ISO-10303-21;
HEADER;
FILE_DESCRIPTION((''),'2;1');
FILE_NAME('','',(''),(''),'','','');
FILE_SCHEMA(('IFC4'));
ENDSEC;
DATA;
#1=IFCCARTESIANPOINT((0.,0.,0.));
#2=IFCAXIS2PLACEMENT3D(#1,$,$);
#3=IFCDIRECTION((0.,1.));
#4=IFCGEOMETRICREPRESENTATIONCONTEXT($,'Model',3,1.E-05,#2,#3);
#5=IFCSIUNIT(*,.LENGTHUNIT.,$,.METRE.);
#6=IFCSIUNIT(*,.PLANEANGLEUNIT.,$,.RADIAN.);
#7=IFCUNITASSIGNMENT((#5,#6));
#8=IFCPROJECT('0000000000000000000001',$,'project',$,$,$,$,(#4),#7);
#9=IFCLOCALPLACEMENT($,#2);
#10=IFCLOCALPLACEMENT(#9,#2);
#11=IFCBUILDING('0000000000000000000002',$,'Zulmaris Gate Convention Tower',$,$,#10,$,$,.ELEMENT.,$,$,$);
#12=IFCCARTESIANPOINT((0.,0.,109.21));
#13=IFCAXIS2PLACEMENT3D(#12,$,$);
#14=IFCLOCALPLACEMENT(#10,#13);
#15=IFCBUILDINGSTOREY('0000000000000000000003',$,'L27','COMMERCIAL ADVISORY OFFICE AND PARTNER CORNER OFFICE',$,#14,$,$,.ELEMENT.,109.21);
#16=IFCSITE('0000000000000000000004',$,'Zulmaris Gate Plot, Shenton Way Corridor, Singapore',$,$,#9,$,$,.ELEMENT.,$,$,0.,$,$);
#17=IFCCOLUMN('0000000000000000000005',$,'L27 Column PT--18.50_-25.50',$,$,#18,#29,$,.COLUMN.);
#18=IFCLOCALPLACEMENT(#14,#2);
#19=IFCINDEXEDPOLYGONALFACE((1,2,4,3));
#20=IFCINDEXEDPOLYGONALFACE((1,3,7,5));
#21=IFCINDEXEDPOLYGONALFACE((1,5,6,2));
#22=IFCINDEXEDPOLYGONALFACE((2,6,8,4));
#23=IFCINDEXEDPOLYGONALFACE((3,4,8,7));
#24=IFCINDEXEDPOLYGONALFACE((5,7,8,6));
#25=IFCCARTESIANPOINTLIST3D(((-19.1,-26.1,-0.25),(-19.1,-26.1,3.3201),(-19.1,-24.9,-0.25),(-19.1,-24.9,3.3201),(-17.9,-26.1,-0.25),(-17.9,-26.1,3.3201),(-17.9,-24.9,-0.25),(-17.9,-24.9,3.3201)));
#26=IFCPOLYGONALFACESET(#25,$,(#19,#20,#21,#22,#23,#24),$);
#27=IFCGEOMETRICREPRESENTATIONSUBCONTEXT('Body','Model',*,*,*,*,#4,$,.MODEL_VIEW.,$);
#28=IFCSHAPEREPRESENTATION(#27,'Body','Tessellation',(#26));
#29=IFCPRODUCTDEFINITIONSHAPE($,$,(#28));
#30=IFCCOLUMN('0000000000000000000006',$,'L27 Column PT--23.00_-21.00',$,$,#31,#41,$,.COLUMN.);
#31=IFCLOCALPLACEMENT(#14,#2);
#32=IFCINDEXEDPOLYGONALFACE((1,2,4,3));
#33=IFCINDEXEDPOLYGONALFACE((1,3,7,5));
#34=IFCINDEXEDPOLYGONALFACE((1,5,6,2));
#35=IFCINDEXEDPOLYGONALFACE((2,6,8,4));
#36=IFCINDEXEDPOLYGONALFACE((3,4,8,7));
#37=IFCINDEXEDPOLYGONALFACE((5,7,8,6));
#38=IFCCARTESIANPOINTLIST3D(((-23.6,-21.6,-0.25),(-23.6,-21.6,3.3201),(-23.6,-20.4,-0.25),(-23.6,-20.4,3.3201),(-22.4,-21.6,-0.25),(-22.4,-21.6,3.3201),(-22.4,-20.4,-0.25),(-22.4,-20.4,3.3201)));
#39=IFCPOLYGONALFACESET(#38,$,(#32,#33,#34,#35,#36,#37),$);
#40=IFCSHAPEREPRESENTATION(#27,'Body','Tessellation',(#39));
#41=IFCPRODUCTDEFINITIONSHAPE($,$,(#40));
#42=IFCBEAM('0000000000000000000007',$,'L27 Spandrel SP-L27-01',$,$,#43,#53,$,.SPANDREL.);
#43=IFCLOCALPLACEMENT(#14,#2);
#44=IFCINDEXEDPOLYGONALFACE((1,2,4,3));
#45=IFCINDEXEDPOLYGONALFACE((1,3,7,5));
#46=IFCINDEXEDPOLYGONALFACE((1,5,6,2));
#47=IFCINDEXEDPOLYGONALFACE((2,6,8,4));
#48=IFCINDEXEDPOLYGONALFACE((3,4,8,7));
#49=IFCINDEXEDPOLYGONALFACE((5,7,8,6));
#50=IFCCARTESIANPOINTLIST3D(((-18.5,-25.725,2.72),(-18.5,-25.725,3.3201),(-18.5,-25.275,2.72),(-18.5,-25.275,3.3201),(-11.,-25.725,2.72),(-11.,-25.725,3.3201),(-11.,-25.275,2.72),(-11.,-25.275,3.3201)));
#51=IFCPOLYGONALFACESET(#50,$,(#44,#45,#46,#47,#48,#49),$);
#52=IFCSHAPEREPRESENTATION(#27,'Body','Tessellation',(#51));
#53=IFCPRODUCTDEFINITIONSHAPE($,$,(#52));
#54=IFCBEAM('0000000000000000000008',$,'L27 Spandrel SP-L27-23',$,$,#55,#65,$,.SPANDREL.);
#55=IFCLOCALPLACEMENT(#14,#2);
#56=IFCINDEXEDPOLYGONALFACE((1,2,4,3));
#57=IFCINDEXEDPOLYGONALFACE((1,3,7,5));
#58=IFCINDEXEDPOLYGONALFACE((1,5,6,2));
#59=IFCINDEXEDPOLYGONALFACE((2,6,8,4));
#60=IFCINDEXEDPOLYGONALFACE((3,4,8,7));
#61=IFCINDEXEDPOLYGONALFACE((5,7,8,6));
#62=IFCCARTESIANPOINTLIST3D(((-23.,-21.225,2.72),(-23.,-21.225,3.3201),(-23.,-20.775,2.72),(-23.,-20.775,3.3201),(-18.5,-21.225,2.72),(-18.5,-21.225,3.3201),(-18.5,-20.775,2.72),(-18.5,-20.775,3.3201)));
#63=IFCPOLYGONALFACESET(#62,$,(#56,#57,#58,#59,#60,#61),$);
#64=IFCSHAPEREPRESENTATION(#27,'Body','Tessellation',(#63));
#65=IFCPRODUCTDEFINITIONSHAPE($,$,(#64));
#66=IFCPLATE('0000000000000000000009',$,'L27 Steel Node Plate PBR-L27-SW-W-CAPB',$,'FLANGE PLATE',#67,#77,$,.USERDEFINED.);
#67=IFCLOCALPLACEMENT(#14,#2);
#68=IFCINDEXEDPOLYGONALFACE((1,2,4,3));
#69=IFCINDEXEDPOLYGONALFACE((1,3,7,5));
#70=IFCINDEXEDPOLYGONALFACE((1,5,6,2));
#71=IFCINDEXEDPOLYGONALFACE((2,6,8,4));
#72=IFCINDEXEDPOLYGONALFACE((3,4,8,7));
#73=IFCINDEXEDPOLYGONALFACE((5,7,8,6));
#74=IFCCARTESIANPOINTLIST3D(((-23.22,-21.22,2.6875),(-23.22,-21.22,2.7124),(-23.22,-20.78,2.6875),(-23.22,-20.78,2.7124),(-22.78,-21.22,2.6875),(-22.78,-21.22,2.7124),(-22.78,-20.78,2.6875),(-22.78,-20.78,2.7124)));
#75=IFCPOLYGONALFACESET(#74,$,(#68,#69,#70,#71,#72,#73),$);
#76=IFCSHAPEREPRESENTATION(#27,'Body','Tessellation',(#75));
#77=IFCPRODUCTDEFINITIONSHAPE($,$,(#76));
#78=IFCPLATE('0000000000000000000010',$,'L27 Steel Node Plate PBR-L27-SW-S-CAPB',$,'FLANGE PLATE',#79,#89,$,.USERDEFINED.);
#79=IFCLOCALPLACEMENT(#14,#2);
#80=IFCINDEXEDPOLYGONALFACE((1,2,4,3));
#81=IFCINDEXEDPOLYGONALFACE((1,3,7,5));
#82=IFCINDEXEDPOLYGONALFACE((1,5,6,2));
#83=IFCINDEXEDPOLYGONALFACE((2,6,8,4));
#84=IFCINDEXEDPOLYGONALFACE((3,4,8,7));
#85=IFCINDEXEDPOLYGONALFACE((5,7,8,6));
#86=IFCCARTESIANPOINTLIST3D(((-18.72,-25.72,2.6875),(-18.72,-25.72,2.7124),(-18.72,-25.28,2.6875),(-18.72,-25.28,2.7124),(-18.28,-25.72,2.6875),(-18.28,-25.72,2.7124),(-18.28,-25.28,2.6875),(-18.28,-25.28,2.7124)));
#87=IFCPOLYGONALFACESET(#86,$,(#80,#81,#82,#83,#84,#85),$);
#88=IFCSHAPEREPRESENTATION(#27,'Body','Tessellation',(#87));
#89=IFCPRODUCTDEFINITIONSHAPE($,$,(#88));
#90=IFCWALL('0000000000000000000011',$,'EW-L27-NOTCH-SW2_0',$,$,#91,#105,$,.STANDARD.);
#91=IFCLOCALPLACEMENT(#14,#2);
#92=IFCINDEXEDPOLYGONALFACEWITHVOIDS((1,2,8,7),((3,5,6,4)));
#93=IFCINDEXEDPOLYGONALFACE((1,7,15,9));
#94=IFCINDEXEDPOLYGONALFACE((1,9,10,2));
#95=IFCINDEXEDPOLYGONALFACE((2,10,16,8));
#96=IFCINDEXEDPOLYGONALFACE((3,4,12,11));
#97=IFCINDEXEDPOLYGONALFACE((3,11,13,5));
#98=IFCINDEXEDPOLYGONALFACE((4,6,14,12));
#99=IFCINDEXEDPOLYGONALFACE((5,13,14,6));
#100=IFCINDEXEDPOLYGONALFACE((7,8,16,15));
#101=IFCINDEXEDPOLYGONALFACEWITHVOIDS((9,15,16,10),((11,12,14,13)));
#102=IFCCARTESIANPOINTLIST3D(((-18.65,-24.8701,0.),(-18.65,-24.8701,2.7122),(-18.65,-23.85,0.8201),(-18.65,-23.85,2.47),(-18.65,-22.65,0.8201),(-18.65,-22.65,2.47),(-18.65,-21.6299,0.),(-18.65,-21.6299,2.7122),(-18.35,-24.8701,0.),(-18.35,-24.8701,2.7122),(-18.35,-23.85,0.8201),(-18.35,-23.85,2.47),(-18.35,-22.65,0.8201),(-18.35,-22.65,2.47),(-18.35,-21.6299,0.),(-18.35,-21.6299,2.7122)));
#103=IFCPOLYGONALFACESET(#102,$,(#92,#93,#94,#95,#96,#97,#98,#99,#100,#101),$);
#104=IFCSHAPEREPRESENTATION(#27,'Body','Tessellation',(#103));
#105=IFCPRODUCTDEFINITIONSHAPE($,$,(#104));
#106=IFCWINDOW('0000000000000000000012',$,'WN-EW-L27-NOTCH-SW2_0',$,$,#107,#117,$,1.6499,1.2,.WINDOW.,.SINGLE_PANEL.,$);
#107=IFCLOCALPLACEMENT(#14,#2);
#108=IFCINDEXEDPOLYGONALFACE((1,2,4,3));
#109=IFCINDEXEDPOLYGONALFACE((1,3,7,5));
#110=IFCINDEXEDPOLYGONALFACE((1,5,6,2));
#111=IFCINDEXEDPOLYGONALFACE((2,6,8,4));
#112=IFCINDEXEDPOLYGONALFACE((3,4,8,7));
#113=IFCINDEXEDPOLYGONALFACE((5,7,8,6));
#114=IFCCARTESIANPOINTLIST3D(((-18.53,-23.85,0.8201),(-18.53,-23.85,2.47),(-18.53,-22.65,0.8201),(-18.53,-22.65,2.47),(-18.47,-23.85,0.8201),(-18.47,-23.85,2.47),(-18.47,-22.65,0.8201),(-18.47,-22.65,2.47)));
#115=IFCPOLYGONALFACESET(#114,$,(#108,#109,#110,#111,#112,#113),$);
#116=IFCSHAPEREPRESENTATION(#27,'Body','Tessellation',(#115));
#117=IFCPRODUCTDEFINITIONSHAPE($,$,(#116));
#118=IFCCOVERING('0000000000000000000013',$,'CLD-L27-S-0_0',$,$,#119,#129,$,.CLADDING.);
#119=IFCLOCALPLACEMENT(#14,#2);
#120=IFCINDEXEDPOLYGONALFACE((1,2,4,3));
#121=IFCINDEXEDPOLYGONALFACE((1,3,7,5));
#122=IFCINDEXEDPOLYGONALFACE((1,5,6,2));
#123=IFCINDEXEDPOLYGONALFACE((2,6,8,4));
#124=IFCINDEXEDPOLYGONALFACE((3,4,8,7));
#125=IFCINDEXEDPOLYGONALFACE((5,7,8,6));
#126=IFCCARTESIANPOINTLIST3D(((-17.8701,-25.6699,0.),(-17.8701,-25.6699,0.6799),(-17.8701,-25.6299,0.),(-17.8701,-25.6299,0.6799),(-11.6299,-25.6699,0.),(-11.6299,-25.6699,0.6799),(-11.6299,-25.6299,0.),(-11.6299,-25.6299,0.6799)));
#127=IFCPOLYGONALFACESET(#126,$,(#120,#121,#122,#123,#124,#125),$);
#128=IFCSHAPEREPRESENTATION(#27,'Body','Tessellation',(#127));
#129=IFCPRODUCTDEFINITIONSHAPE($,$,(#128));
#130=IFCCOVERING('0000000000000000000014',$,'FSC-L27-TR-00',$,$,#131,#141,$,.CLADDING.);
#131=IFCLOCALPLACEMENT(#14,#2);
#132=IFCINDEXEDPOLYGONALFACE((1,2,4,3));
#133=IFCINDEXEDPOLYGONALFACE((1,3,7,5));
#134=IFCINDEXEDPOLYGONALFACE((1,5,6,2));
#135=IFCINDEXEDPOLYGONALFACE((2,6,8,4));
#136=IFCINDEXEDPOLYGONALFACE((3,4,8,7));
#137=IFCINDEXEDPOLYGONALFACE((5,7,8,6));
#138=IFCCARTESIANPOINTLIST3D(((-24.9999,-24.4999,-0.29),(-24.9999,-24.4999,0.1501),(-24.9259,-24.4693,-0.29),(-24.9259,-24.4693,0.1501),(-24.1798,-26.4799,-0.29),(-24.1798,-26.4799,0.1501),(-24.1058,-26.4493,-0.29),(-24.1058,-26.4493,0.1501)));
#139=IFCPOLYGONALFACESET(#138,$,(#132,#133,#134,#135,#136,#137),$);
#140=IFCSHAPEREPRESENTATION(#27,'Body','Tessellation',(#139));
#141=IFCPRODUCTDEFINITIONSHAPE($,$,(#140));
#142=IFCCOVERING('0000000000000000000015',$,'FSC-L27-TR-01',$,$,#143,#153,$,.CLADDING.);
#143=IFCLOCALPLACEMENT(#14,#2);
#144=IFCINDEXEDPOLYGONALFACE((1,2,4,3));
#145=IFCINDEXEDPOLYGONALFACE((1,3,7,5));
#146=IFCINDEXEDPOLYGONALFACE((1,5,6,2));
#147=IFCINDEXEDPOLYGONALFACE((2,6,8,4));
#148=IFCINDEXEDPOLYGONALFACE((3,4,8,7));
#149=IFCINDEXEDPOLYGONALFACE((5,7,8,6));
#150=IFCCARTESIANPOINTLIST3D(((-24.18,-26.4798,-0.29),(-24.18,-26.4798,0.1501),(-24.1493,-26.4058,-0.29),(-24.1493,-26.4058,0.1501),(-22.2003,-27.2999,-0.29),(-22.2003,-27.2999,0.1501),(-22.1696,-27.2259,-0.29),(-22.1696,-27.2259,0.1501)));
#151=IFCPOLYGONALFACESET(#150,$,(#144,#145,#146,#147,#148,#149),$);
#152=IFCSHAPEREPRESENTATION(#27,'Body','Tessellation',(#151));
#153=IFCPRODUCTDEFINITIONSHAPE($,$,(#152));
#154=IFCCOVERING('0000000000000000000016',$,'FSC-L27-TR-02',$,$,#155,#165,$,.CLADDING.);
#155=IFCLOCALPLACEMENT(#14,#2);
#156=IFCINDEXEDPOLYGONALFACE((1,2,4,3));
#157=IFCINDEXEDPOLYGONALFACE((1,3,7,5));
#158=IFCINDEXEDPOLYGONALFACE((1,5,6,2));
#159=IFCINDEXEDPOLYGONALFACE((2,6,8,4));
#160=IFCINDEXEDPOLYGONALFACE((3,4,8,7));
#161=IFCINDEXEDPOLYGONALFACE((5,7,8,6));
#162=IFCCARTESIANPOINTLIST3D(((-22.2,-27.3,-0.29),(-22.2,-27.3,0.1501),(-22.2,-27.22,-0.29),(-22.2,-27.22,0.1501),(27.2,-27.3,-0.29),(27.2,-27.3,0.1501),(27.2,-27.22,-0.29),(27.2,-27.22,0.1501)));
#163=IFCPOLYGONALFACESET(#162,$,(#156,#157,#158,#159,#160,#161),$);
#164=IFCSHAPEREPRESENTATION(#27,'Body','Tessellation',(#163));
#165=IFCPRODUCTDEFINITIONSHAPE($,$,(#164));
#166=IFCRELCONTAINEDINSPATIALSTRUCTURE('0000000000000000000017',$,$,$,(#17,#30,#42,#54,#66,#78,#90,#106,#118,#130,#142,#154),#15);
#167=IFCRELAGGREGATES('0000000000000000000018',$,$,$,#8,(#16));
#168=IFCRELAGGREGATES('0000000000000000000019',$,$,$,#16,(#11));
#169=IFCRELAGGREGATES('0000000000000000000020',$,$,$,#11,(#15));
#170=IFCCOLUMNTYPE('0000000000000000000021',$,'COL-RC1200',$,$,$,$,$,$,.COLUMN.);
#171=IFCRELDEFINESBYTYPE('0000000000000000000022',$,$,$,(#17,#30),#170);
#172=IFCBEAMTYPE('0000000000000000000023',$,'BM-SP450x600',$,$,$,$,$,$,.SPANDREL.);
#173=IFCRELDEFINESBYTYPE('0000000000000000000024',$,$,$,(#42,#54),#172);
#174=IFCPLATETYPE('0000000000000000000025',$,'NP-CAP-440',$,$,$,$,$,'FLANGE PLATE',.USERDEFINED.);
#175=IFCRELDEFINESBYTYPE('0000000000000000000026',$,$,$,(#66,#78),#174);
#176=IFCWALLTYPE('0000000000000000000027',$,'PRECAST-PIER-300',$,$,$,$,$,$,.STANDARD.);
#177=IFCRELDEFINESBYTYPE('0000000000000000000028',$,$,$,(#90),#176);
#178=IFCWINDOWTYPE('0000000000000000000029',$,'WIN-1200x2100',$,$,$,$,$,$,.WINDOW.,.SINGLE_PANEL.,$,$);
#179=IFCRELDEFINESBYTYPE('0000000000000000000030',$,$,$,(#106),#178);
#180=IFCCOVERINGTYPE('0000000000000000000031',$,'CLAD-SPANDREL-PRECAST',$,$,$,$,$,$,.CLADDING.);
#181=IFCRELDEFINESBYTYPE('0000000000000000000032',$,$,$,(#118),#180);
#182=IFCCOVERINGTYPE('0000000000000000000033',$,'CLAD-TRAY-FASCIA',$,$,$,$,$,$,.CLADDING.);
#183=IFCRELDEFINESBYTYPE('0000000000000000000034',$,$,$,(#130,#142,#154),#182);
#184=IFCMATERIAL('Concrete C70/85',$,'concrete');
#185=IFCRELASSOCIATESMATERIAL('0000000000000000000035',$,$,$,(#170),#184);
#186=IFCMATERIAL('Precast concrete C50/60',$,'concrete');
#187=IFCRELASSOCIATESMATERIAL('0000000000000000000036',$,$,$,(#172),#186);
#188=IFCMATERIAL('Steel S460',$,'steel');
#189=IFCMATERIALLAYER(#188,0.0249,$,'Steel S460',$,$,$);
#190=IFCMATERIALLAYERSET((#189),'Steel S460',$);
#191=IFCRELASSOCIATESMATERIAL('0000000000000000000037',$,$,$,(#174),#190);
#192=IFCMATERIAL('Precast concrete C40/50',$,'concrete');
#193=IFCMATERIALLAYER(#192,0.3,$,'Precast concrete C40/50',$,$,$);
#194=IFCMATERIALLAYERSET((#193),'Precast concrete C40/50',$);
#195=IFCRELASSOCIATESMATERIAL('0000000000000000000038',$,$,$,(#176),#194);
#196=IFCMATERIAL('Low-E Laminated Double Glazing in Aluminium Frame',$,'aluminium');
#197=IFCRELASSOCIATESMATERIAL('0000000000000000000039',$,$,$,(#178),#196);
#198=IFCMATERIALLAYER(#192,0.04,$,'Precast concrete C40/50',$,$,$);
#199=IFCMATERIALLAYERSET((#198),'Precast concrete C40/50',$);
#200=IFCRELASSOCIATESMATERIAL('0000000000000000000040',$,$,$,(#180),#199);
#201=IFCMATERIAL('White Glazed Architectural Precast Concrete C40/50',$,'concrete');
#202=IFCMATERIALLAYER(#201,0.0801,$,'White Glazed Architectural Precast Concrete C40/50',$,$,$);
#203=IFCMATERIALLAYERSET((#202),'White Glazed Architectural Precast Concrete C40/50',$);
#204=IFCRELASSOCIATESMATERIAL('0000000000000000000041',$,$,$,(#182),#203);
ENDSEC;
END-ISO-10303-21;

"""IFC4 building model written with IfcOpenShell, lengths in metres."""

from ifc_helpers import new_model, si_unit, direction, frame, frame_2d, origin, origin_2d, place, context, subcontext, project, spatial, rectangle, extrude, material, layer, layer_set, material_profile, profile_set, type_object, element, fill, save


model = new_model("IFC4")

# Units and contexts
model_context = context("Model", 3, precision=1e-05, world=origin(), true_north=direction((0.0, 1.0)))
body_context = subcontext(model_context, "Body", "Model", "MODEL_VIEW")
ifc_project = project(units=[si_unit("LENGTHUNIT", "METRE"), si_unit("PLANEANGLEUNIT", "RADIAN")], contexts=[model_context])

# Site, building, storey
site_placement = place(None, origin())
site = spatial("IfcSite", under=ifc_project, at=site_placement, Name="Zulmaris Gate Plot, Shenton Way Corridor, Singapore", CompositionType="ELEMENT", RefElevation=0.0)
building_placement = place(site_placement, origin())
building = spatial("IfcBuilding", under=site, at=building_placement, Name="Zulmaris Gate Convention Tower", CompositionType="ELEMENT")
storey_placement = place(building_placement, frame((0.0, 0.0, 109.21)))
storey = spatial("IfcBuildingStorey", under=building, at=storey_placement, Name="L27", Description="COMMERCIAL ADVISORY OFFICE AND PARTNER CORNER OFFICE", CompositionType="ELEMENT", Elevation=109.21)

# Columns
ifc_material_1 = material(Name="Concrete C70/85", Category="concrete")
ifc_material_profile_1 = material_profile(ifc_material_1, rectangle(XDim=1.2, YDim=1.2, at=origin_2d()), Name="RC COL 1200x1200")
ifc_profile_set_1 = profile_set([ifc_material_profile_1], Name="Concrete C70/85")
column_type = type_object("IfcColumnType", Name="COL-RC1200", PredefinedType="COLUMN", material=ifc_profile_set_1)
for number, where, z_axis, x_axis, name in (
    (1, (-18.5, -25.5, -0.25), (0.0, 0.0, 1.0), (1.0, 0.0, 0.0), "L27 Column PT--18.50_-25.50"),
    (2, (-23.0, -21.0, -0.25), (0.0, 0.0, 1.0), (1.0, 0.0, 0.0), "L27 Column PT--23.00_-21.00"),
):
    element("IfcColumn", number, at=place(storey_placement, frame(where, z_axis=z_axis, x_axis=x_axis)), inside=storey, type_object=column_type, Name=name, PredefinedType="COLUMN", context=body_context, shape_type="SweptSolid", body=[
        extrude(rectangle(XDim=1.2, YDim=1.2, at=origin_2d()), origin(), (0.0, 0.0, 1.0), 3.5701),
    ])

# Beams
ifc_material_2 = material(Name="Precast concrete C50/60", Category="concrete")
ifc_material_profile_2 = material_profile(ifc_material_2, rectangle(XDim=0.45, YDim=0.6001, at=origin_2d()), Name="RC SPANDREL 450x600")
ifc_profile_set_2 = profile_set([ifc_material_profile_2], Name="Precast concrete C50/60")
beam_type = type_object("IfcBeamType", Name="BM-SP450x600", PredefinedType="SPANDREL", material=ifc_profile_set_2)
beam_1_placement = place(storey_placement, frame((-18.5, -25.5, 3.02), z_axis=(1.0, 0.0, 0.0), x_axis=(0.0, 1.0, 0.0)))
element("IfcBeam", 3, at=beam_1_placement, inside=storey, type_object=beam_type, Name="L27 Spandrel SP-L27-01", PredefinedType="SPANDREL", context=body_context, shape_type="SweptSolid", body=[
    extrude(rectangle(XDim=0.45, YDim=0.6001, at=origin_2d()), origin(), (0.0, 0.0, 1.0), 7.5),
])
beam_2_placement = place(storey_placement, frame((-23.0, -21.0, 3.02), z_axis=(1.0, 0.0, 0.0), x_axis=(0.0, 1.0, 0.0)))
element("IfcBeam", 4, at=beam_2_placement, inside=storey, type_object=beam_type, Name="L27 Spandrel SP-L27-23", PredefinedType="SPANDREL", context=body_context, shape_type="SweptSolid", body=[
    extrude(rectangle(XDim=0.45, YDim=0.6001, at=origin_2d()), origin(), (0.0, 0.0, 1.0), 4.5),
])

# Plates
ifc_material_3 = material(Name="Steel S460", Category="steel")
ifc_layer_1 = layer(ifc_material_3, 0.0249, Name="Steel S460")
ifc_layer_set_1 = layer_set([ifc_layer_1], Name="Steel S460")
plate_type = type_object("IfcPlateType", Name="NP-CAP-440", ElementType="FLANGE PLATE", PredefinedType="USERDEFINED", material=ifc_layer_set_1)
for number, where, z_axis, x_axis, name in (
    (5, (-23.0, -21.0, 2.6875), (0.0, 0.0, 1.0), (1.0, 0.0, 0.0), "L27 Steel Node Plate PBR-L27-SW-W-CAPB"),
    (6, (-18.5, -25.5, 2.6875), (0.0, 0.0, 1.0), (1.0, 0.0, 0.0), "L27 Steel Node Plate PBR-L27-SW-S-CAPB"),
):
    element("IfcPlate", number, at=place(storey_placement, frame(where, z_axis=z_axis, x_axis=x_axis)), inside=storey, type_object=plate_type, Name=name, ObjectType="FLANGE PLATE", PredefinedType="USERDEFINED", context=body_context, shape_type="SweptSolid", body=[
        extrude(rectangle(XDim=0.4399, YDim=0.4399, at=origin_2d()), origin(), (0.0, 0.0, 1.0), 0.0249),
    ])

# Wall, opening, window
ifc_material_4 = material(Name="Precast concrete C40/50", Category="concrete")
ifc_layer_2 = layer(ifc_material_4, 0.3, Name="Precast concrete C40/50")
ifc_layer_set_2 = layer_set([ifc_layer_2], Name="Precast concrete C40/50")
wall_type = type_object("IfcWallType", Name="PRECAST-PIER-300", PredefinedType="STANDARD", material=ifc_layer_set_2)
wall_placement = place(storey_placement, frame((-18.5, -21.6299, 0.0), z_axis=(0.0, 0.0, 1.0), x_axis=(0.0, -1.0, 0.0)))
wall = element("IfcWall", 7, at=wall_placement, inside=storey, type_object=wall_type, Name="EW-L27-NOTCH-SW2_0", PredefinedType="STANDARD", context=body_context, shape_type="SweptSolid", body=[
    extrude(rectangle(XDim=3.2402, YDim=0.3, at=frame_2d((1.6201, 0.0))), origin(), (0.0, 0.0, 1.0), 2.7122),
])
opening_placement = place(wall_placement, frame((1.02, 0.0, 0.8201)))
opening = element("IfcOpeningElement", 8, at=opening_placement, cuts=wall, PredefinedType="OPENING", context=body_context, shape_type="SweptSolid", body=[
    extrude(rectangle(XDim=1.2, YDim=1.6499, at=frame_2d((0.6001, 0.825))), frame((0.0, 0.1602, 0.0), z_axis=(0.0, -1.0, 0.0), x_axis=(1.0, 0.0, 0.0)), (0.0, 0.0, 1.0), 0.3201),
])
ifc_material_5 = material(Name="Low-E Laminated Double Glazing in Aluminium Frame", Category="aluminium")
window_type = type_object("IfcWindowType", Name="WIN-1200x2100", PartitioningType="SINGLE_PANEL", PredefinedType="WINDOW", material=ifc_material_5)
window_placement = place(opening_placement, origin())
window = element("IfcWindow", 9, at=window_placement, inside=storey, type_object=window_type, Name="WN-EW-L27-NOTCH-SW2_0", OverallHeight=1.6499, OverallWidth=1.2, PartitioningType="SINGLE_PANEL", PredefinedType="WINDOW", context=body_context, shape_type="SweptSolid", body=[
    extrude(rectangle(XDim=1.2, YDim=1.6499, at=frame_2d((0.6001, 0.825))), frame((0.0, 0.03, 0.0), z_axis=(0.0, -1.0, 0.0), x_axis=(1.0, 0.0, 0.0)), (0.0, 0.0, 1.0), 0.0601),
])
fill(opening, window)

# Coverings
ifc_layer_3 = layer(ifc_material_4, 0.04, Name="Precast concrete C40/50")
ifc_layer_set_3 = layer_set([ifc_layer_3], Name="Precast concrete C40/50")
covering_type_1 = type_object("IfcCoveringType", Name="CLAD-SPANDREL-PRECAST", PredefinedType="CLADDING", material=ifc_layer_set_3)
covering_1_placement = place(storey_placement, frame((-17.8701, -25.6499, 0.0), z_axis=(0.0, 0.0, 1.0), x_axis=(1.0, 0.0, 0.0)))
element("IfcCovering", 10, at=covering_1_placement, inside=storey, type_object=covering_type_1, Name="CLD-L27-S-0_0", PredefinedType="CLADDING", context=body_context, shape_type="SweptSolid", body=[
    extrude(rectangle(XDim=6.2402, YDim=0.04, at=frame_2d((3.1201, 0.0))), origin(), (0.0, 0.0, 1.0), 0.6799),
])
ifc_material_6 = material(Name="White Glazed Architectural Precast Concrete C40/50", Category="concrete")
ifc_layer_4 = layer(ifc_material_6, 0.0801, Name="White Glazed Architectural Precast Concrete C40/50")
ifc_layer_set_4 = layer_set([ifc_layer_4], Name="White Glazed Architectural Precast Concrete C40/50")
covering_type_2 = type_object("IfcCoveringType", Name="CLAD-TRAY-FASCIA", PredefinedType="CLADDING", material=ifc_layer_set_4)
covering_2_placement = place(storey_placement, frame((-24.9629, -24.4846, -0.29), z_axis=(0.0, 0.0, 1.0), x_axis=(0.382657, -0.92389, 0.0)))
element("IfcCovering", 11, at=covering_2_placement, inside=storey, type_object=covering_type_2, Name="FSC-L27-TR-00", PredefinedType="CLADDING", context=body_context, shape_type="SweptSolid", body=[
    extrude(rectangle(XDim=2.1431, YDim=0.0801, at=frame_2d((1.0715, 0.0))), origin(), (0.0, 0.0, 1.0), 0.4402),
])
covering_3_placement = place(storey_placement, frame((-24.1646, -26.4429, -0.29), z_axis=(0.0, 0.0, 1.0), x_axis=(0.923874, -0.382697, 0.0)))
element("IfcCovering", 12, at=covering_3_placement, inside=storey, type_object=covering_type_2, Name="FSC-L27-TR-01", PredefinedType="CLADDING", context=body_context, shape_type="SweptSolid", body=[
    extrude(rectangle(XDim=2.1428, YDim=0.0801, at=frame_2d((1.0713, 0.0))), origin(), (0.0, 0.0, 1.0), 0.4402),
])
covering_4_placement = place(storey_placement, frame((-22.2, -27.26, -0.29), z_axis=(0.0, 0.0, 1.0), x_axis=(1.0, 0.0, 0.0)))
element("IfcCovering", 13, at=covering_4_placement, inside=storey, type_object=covering_type_2, Name="FSC-L27-TR-02", PredefinedType="CLADDING", context=body_context, shape_type="SweptSolid", body=[
    extrude(rectangle(XDim=49.3999, YDim=0.0801, at=frame_2d((24.7, 0.0))), origin(), (0.0, 0.0, 1.0), 0.4402),
])

save(model, "model.ifc")
